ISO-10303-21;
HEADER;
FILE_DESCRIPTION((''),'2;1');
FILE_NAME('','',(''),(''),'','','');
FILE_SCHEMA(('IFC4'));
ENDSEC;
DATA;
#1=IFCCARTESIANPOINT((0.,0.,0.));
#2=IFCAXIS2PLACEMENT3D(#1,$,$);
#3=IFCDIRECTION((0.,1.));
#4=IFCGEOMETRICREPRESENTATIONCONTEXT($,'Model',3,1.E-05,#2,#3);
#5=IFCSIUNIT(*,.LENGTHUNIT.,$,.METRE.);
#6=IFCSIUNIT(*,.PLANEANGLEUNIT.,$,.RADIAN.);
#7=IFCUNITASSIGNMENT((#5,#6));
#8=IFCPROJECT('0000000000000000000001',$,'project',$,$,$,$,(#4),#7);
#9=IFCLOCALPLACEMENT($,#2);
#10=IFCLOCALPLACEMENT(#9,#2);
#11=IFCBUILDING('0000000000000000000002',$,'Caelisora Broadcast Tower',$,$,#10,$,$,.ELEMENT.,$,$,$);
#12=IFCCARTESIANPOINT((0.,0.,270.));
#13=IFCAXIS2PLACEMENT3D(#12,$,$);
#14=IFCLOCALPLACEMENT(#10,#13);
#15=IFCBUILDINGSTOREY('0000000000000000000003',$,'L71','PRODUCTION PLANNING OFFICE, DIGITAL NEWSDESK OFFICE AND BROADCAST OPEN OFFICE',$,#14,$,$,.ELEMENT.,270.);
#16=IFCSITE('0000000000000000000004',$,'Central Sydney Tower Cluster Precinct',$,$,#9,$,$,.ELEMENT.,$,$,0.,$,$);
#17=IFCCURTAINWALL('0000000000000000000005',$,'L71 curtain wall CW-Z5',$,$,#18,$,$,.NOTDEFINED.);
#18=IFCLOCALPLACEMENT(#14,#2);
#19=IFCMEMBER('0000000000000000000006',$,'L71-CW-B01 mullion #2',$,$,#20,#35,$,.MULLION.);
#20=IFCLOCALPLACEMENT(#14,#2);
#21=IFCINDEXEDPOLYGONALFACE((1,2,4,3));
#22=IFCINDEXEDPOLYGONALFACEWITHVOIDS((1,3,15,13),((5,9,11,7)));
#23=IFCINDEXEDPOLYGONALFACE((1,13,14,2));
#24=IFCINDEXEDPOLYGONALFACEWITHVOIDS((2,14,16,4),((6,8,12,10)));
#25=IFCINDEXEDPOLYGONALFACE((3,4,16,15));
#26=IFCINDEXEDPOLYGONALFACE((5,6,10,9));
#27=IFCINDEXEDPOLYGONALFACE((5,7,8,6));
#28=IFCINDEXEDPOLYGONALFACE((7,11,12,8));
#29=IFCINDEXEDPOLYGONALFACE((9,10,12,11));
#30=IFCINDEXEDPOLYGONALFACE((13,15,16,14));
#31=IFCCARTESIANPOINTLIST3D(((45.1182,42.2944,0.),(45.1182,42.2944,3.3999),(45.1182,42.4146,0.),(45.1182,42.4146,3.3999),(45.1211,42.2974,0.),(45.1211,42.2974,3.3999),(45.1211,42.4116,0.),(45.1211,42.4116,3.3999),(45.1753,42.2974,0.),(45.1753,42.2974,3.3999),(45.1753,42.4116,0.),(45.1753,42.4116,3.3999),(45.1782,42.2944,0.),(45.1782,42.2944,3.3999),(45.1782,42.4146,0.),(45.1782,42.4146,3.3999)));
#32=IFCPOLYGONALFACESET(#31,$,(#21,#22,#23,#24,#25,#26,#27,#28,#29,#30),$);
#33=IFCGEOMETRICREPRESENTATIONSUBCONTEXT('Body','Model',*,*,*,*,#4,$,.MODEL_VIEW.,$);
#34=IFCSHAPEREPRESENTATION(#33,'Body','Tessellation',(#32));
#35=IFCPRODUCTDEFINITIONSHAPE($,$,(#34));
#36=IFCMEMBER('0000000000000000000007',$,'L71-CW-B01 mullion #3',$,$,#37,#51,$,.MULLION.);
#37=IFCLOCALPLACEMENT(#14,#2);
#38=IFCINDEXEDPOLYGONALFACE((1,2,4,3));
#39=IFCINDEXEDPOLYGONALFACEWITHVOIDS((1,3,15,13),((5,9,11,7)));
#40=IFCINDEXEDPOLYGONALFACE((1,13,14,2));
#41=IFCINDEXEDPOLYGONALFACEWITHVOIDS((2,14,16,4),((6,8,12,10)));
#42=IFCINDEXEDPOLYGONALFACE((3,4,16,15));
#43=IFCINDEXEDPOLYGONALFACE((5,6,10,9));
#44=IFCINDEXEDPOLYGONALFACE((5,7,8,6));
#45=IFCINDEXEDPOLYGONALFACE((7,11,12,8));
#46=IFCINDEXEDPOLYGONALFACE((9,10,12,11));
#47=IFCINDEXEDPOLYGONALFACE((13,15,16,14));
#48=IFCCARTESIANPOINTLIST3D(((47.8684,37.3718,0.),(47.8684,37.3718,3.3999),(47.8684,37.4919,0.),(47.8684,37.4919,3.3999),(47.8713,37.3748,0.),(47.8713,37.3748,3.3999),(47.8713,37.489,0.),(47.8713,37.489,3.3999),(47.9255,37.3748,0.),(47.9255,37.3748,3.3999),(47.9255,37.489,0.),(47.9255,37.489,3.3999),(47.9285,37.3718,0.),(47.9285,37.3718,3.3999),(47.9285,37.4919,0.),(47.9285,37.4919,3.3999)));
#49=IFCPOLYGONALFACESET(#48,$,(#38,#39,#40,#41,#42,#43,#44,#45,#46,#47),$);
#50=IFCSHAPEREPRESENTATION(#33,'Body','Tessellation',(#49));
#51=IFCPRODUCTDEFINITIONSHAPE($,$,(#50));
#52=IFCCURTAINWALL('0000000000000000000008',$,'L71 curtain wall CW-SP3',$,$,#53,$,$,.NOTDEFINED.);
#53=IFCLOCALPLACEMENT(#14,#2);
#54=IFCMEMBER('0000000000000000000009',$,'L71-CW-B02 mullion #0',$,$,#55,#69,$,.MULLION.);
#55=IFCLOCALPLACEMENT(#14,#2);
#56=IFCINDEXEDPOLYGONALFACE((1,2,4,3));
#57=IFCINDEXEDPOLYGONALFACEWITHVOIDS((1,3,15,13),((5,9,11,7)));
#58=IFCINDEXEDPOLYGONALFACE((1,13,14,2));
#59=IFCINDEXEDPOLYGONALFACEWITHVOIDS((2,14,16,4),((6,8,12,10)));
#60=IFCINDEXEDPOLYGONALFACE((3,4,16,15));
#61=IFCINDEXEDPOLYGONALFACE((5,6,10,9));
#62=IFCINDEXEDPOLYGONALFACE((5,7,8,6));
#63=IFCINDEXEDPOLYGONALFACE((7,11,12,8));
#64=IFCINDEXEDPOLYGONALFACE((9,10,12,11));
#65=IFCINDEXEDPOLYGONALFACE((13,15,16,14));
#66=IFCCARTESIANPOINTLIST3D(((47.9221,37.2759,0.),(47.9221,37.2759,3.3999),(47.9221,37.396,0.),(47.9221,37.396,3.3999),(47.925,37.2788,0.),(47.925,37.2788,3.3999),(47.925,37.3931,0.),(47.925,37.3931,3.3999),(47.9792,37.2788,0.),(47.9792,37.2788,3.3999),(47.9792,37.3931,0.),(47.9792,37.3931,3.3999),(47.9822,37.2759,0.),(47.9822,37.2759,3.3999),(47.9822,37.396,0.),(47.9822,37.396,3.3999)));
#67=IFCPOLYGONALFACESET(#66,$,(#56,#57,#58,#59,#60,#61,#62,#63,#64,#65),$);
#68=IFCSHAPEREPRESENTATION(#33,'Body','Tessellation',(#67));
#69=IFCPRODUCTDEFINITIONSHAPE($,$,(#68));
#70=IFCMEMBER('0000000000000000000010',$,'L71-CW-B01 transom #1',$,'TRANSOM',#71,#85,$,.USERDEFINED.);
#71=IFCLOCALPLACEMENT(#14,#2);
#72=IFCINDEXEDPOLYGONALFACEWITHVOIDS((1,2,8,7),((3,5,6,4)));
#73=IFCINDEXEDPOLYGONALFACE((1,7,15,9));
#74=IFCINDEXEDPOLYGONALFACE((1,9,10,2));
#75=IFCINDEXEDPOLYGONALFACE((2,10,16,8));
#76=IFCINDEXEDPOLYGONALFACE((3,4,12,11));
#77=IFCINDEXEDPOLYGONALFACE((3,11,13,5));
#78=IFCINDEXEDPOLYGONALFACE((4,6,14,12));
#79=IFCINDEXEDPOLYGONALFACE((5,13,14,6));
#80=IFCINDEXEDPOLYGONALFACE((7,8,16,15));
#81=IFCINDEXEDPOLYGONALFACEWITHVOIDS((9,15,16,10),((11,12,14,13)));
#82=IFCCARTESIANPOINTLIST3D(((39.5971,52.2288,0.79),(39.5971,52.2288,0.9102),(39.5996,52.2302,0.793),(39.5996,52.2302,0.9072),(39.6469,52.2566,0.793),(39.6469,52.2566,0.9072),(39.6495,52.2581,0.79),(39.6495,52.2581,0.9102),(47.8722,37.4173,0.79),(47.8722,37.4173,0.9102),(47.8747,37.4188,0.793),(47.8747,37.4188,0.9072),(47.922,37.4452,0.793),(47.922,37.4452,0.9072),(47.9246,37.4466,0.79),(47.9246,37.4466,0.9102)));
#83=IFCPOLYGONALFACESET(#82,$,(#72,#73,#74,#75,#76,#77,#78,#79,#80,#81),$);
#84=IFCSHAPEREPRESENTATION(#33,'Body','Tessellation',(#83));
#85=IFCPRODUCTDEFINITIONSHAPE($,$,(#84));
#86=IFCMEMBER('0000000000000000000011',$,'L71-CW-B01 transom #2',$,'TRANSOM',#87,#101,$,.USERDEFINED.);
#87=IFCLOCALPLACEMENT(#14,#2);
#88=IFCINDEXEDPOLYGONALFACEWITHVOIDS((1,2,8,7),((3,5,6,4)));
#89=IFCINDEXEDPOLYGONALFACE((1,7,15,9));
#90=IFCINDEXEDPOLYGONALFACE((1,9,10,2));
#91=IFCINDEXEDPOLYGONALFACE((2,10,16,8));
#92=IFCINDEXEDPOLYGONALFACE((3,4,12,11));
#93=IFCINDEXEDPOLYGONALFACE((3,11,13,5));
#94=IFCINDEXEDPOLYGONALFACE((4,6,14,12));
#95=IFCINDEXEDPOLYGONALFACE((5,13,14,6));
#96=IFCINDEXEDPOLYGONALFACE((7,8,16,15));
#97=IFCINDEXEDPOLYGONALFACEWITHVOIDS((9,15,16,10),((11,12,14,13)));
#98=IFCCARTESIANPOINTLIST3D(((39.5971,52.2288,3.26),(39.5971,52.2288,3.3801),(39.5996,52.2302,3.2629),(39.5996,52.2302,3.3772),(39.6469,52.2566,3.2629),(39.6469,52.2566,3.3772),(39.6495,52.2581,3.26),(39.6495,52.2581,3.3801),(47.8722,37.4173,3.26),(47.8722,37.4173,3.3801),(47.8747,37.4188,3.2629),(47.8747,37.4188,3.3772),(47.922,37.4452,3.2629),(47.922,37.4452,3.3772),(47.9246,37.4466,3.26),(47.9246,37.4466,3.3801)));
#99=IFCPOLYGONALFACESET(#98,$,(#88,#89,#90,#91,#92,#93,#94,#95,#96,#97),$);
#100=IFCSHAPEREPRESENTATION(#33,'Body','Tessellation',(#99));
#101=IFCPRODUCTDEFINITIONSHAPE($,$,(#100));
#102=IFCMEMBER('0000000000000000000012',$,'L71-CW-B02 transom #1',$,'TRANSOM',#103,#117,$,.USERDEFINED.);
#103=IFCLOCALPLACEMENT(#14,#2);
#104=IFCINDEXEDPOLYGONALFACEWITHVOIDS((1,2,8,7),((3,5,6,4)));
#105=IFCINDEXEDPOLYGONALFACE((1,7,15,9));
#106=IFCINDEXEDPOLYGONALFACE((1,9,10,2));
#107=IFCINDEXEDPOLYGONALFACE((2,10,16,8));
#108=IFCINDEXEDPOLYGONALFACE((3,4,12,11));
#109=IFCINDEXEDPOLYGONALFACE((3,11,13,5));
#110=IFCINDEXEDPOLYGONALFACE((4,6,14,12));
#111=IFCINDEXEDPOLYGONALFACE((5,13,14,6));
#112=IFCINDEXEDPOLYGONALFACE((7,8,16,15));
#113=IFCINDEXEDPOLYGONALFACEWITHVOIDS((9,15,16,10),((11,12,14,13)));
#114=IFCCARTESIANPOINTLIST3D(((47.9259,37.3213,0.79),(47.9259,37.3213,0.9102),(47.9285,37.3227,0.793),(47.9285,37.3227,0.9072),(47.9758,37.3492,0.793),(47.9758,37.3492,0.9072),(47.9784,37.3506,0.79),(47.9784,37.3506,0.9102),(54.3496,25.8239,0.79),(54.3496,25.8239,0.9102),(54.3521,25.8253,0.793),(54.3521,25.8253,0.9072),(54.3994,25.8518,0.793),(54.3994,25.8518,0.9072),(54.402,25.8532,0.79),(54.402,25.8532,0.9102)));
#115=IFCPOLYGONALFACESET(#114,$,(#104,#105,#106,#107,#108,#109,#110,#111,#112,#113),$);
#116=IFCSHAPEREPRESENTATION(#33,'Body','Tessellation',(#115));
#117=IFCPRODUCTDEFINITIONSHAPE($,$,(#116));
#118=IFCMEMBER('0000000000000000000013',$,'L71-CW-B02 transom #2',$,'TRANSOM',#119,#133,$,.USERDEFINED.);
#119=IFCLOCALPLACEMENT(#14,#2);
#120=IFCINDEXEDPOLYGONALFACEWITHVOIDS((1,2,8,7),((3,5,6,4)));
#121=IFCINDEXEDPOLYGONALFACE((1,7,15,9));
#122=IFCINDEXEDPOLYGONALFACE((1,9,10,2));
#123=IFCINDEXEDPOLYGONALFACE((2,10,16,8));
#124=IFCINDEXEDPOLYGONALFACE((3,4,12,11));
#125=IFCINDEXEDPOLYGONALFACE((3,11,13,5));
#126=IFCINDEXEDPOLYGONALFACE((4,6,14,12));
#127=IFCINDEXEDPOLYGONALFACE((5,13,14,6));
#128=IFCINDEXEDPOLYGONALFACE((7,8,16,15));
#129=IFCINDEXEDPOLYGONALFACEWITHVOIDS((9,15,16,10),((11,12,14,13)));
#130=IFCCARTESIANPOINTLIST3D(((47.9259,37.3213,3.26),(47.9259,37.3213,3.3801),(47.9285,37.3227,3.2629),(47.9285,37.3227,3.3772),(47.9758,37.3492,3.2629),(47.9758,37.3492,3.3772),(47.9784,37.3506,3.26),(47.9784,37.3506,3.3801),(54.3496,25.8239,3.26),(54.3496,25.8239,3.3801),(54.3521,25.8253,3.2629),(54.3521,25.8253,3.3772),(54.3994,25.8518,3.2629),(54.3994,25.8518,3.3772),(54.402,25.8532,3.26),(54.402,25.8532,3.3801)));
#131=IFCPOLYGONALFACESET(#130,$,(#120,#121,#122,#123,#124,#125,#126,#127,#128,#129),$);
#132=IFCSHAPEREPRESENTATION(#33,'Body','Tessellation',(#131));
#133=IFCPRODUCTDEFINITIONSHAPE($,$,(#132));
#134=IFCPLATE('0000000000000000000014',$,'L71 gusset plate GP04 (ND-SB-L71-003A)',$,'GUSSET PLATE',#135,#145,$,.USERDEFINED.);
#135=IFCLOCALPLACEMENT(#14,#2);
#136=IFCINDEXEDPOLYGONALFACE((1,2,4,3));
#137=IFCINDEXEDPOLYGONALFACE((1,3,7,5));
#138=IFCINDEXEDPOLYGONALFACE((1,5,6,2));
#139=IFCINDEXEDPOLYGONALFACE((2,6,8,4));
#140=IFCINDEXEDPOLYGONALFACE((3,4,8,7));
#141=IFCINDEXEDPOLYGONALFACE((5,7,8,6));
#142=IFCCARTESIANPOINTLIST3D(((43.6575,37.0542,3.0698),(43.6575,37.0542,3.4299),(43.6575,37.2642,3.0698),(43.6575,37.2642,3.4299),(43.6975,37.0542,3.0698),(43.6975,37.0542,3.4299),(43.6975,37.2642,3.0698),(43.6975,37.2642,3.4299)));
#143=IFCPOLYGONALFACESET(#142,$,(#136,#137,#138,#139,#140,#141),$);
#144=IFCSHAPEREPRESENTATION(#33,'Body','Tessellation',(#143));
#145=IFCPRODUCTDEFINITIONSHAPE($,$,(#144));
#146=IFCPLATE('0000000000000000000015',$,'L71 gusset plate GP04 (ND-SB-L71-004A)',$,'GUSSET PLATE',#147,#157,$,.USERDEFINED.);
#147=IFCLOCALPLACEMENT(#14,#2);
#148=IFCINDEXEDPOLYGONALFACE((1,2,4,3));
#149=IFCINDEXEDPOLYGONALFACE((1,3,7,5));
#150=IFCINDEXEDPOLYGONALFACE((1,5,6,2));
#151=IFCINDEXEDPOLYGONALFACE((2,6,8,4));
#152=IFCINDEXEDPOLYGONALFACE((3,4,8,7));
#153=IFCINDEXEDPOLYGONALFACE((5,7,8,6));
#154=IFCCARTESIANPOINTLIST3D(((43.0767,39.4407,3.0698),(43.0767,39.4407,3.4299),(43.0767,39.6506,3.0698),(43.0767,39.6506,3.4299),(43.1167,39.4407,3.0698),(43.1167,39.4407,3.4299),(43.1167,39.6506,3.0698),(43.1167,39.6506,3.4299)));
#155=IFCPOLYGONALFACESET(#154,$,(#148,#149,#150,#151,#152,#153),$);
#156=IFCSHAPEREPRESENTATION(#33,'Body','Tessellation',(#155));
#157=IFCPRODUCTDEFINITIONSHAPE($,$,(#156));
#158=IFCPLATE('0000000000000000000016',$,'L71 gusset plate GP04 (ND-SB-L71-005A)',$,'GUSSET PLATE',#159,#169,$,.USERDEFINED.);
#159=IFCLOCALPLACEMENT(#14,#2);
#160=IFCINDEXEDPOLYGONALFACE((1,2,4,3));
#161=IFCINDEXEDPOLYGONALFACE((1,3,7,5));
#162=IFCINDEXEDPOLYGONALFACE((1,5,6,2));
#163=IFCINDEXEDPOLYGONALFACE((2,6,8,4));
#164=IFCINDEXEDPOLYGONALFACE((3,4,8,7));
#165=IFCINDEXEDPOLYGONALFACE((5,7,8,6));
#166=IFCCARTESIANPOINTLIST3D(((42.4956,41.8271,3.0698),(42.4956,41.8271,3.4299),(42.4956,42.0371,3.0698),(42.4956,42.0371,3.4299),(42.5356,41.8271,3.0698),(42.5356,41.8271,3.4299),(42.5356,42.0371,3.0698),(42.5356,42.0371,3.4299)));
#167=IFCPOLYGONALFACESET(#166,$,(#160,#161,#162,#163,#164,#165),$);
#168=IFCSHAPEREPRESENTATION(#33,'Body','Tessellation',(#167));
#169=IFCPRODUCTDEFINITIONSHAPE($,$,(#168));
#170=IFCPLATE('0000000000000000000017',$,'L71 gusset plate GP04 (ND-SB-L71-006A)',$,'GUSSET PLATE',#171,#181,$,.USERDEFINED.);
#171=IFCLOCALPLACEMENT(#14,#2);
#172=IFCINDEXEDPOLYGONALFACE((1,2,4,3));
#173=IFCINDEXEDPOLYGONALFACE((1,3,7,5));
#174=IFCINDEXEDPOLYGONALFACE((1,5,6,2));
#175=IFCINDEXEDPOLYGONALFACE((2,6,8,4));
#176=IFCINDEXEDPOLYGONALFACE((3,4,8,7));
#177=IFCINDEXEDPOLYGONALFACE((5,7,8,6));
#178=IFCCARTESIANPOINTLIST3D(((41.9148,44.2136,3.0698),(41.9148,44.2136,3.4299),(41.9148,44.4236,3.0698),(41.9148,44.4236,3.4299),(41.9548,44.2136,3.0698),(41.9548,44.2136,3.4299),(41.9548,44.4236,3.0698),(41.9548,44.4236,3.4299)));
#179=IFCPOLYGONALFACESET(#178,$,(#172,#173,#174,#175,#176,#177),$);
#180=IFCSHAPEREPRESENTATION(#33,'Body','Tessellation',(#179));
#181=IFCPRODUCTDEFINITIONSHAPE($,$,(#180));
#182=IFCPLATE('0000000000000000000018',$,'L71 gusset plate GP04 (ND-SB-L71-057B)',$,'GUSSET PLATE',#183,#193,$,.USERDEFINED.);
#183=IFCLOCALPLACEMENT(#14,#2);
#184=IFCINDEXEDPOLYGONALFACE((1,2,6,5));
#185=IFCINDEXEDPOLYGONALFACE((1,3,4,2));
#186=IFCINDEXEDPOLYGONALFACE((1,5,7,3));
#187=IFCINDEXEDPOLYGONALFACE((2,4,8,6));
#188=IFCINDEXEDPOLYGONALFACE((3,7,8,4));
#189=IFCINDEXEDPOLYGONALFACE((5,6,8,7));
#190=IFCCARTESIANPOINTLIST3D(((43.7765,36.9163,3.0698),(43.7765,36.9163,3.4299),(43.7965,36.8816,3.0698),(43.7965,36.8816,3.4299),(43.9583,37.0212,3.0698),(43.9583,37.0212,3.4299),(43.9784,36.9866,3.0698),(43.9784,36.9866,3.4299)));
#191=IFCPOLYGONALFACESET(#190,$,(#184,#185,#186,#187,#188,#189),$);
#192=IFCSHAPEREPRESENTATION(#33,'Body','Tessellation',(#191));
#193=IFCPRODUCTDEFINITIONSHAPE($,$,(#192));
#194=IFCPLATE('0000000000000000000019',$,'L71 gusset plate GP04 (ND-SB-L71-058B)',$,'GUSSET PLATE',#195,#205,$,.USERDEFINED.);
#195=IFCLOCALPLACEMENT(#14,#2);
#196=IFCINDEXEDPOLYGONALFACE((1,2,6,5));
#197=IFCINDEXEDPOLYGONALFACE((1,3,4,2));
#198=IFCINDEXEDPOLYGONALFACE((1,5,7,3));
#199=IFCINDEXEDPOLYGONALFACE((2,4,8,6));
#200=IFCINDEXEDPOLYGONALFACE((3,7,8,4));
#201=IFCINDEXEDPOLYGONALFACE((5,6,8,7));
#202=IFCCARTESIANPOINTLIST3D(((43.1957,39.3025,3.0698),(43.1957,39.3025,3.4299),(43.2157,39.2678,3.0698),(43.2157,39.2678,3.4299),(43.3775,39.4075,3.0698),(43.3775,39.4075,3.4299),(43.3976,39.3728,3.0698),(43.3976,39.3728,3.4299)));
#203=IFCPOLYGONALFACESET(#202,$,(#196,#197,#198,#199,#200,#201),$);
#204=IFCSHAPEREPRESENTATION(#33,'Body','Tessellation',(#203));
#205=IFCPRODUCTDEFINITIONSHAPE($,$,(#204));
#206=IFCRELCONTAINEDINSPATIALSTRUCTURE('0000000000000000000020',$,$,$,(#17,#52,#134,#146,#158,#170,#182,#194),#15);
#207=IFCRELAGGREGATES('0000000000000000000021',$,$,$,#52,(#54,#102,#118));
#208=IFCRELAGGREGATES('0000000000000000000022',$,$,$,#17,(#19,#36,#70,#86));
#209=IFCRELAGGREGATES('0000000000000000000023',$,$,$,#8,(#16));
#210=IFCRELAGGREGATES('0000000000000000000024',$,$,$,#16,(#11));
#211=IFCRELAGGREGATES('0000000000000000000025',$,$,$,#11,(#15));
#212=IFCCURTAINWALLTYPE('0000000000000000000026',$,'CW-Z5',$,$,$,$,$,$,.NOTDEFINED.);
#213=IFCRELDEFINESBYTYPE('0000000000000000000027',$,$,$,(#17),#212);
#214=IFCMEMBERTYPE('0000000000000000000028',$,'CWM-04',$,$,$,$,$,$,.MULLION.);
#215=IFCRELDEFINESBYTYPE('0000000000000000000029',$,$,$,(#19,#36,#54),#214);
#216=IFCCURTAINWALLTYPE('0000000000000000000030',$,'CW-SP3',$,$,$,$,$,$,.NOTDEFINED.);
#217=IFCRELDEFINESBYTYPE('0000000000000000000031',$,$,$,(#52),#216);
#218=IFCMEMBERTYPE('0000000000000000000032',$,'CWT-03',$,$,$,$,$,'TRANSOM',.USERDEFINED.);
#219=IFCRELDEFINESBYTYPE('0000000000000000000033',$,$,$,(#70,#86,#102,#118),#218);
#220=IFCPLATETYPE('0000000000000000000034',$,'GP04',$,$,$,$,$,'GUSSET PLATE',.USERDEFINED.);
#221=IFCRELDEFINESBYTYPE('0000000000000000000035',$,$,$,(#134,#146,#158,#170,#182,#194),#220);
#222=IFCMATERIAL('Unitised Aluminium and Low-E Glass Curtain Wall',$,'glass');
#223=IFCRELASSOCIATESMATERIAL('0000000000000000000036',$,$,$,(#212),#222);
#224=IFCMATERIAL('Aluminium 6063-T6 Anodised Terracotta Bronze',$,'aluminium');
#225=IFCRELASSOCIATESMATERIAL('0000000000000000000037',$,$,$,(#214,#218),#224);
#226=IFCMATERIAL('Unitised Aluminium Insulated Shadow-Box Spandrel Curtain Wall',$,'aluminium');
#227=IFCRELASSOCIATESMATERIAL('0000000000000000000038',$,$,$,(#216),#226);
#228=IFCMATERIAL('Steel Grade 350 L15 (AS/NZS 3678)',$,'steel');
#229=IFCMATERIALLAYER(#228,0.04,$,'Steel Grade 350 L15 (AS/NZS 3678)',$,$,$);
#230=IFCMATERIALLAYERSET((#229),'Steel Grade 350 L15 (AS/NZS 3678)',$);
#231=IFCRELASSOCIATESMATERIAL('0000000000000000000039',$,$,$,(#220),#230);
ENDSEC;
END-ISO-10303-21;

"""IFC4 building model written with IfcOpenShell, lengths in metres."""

from ifc_helpers import new_model, si_unit, direction, frame, origin, origin_2d, place, context, subcontext, project, spatial, rectangle, hollow_rectangle, extrude, source, transform, mapped, material, layer, layer_set, material_profile, profile_set, type_object, type_shapes, element, aggregate, save


model = new_model("IFC4")

# Units and contexts
model_context = context("Model", 3, precision=1e-05, world=origin(), true_north=direction((0.0, 1.0)))
body_context = subcontext(model_context, "Body", "Model", "MODEL_VIEW")
ifc_project = project(units=[si_unit("LENGTHUNIT", "METRE"), si_unit("PLANEANGLEUNIT", "RADIAN")], contexts=[model_context])

# Site, building, storey
site_placement = place(None, origin())
site = spatial("IfcSite", under=ifc_project, at=site_placement, Name="Central Sydney Tower Cluster Precinct", CompositionType="ELEMENT", RefElevation=0.0)
building_placement = place(site_placement, origin())
building = spatial("IfcBuilding", under=site, at=building_placement, Name="Caelisora Broadcast Tower", CompositionType="ELEMENT")
storey_placement = place(building_placement, frame((0.0, 0.0, 270.0)))
storey = spatial("IfcBuildingStorey", under=building, at=storey_placement, Name="L71", Description="PRODUCTION PLANNING OFFICE, DIGITAL NEWSDESK OFFICE AND BROADCAST OPEN OFFICE", CompositionType="ELEMENT", Elevation=270.0)

# Shared definitions
ifc_material_1 = material(Name="Steel Grade 350 L15 (AS/NZS 3678)", Category="steel")

# Curtain wall, members
ifc_material_2 = material(Name="Unitised Aluminium and Low-E Glass Curtain Wall", Category="glass")
curtain_wall_type_1 = type_object("IfcCurtainWallType", Name="CW-Z5", PredefinedType="NOTDEFINED", material=ifc_material_2)
curtain_wall_1_placement = place(storey_placement, origin())
curtain_wall_1 = element("IfcCurtainWall", 1, at=curtain_wall_1_placement, inside=storey, type_object=curtain_wall_type_1, Name="L71 curtain wall CW-Z5", PredefinedType="NOTDEFINED")
ifc_material_3 = material(Name="Aluminium 6063-T6 Anodised Terracotta Bronze", Category="aluminium")
ifc_material_profile_1 = material_profile(ifc_material_3, hollow_rectangle(XDim=0.0601, YDim=0.1201, WallThickness=0.0029, at=origin_2d()), Name="Aluminium 6063-T6 Anodised Terracotta Bronze")
ifc_profile_set_1 = profile_set([ifc_material_profile_1], Name="Aluminium 6063-T6 Anodised Terracotta Bronze")
member_type_1 = type_object("IfcMemberType", Name="CWM-04", PredefinedType="MULLION", material=ifc_profile_set_1)
shared_shape_1 = source(origin(), body_context, "Body", "SweptSolid", [
    extrude(hollow_rectangle(XDim=0.0601, YDim=0.1201, WallThickness=0.0029, at=origin_2d()), origin(), (0.0, 0.0, 1.0), 3.3999),
])
type_shapes(member_type_1, [shared_shape_1])
member_1_placement = place(storey_placement, frame((45.1482, 42.3545, 0.0), z_axis=(0.0, 0.0, 1.0), x_axis=(1.0, 0.0, 0.0)))
member_1 = element("IfcMember", 2, at=member_1_placement, type_object=member_type_1, Name="L71-CW-B01 mullion #2", PredefinedType="MULLION", context=body_context, shape_type="MappedRepresentation", body=[
    mapped(shared_shape_1, transform((0.0, 0.0, 0.0), scale=1.0)),
])
member_2_placement = place(storey_placement, frame((47.8984, 37.4319, 0.0), z_axis=(0.0, 0.0, 1.0), x_axis=(1.0, 0.0, 0.0)))
member_2 = element("IfcMember", 3, at=member_2_placement, type_object=member_type_1, Name="L71-CW-B01 mullion #3", PredefinedType="MULLION", context=body_context, shape_type="MappedRepresentation", body=[
    mapped(shared_shape_1, transform((0.0, 0.0, 0.0), scale=1.0)),
])

# Curtain wall, member
ifc_material_4 = material(Name="Unitised Aluminium Insulated Shadow-Box Spandrel Curtain Wall", Category="aluminium")
curtain_wall_type_2 = type_object("IfcCurtainWallType", Name="CW-SP3", PredefinedType="NOTDEFINED", material=ifc_material_4)
curtain_wall_2_placement = place(storey_placement, origin())
curtain_wall_2 = element("IfcCurtainWall", 4, at=curtain_wall_2_placement, inside=storey, type_object=curtain_wall_type_2, Name="L71 curtain wall CW-SP3", PredefinedType="NOTDEFINED")
member_3_placement = place(storey_placement, frame((47.9521, 37.3359, 0.0), z_axis=(0.0, 0.0, 1.0), x_axis=(1.0, 0.0, 0.0)))
member_3 = element("IfcMember", 5, at=member_3_placement, type_object=member_type_1, Name="L71-CW-B02 mullion #0", PredefinedType="MULLION", context=body_context, shape_type="MappedRepresentation", body=[
    mapped(shared_shape_1, transform((0.0, 0.0, 0.0), scale=1.0)),
])

# Members
ifc_material_profile_2 = material_profile(ifc_material_3, hollow_rectangle(XDim=0.0601, YDim=0.1201, WallThickness=0.0029, at=origin_2d()), Name="Aluminium 6063-T6 Anodised Terracotta Bronze")
ifc_profile_set_2 = profile_set([ifc_material_profile_2], Name="Aluminium 6063-T6 Anodised Terracotta Bronze")
member_type_2 = type_object("IfcMemberType", Name="CWT-03", ElementType="TRANSOM", PredefinedType="USERDEFINED", material=ifc_profile_set_2)
shared_shape_2 = source(origin(), body_context, "Body", "SweptSolid", [
    extrude(hollow_rectangle(XDim=0.0601, YDim=0.1201, WallThickness=0.0029, at=origin_2d()), origin(), (0.0, 0.0, 1.0), 16.9663),
])
member_4_placement = place(storey_placement, frame((39.6233, 52.2434, 0.8501), z_axis=(0.487737, -0.872991, 0.0), x_axis=(0.872991, 0.487737, 0.0)))
member_4 = element("IfcMember", 6, at=member_4_placement, type_object=member_type_2, Name="L71-CW-B01 transom #1", ObjectType="TRANSOM", PredefinedType="USERDEFINED", context=body_context, shape_type="MappedRepresentation", body=[
    mapped(shared_shape_2, transform((0.0, 0.0, 0.0), scale=1.0)),
])
member_5_placement = place(storey_placement, frame((39.6233, 52.2434, 3.3201), z_axis=(0.487737, -0.872991, 0.0), x_axis=(0.872991, 0.487737, 0.0)))
member_5 = element("IfcMember", 7, at=member_5_placement, type_object=member_type_2, Name="L71-CW-B01 transom #2", ObjectType="TRANSOM", PredefinedType="USERDEFINED", context=body_context, shape_type="MappedRepresentation", body=[
    mapped(shared_shape_2, transform((0.0, 0.0, 0.0), scale=1.0)),
])
shared_shape_3 = source(origin(), body_context, "Body", "SweptSolid", [
    extrude(hollow_rectangle(XDim=0.0601, YDim=0.1201, WallThickness=0.0029, at=origin_2d()), origin(), (0.0, 0.0, 1.0), 13.1702),
])
type_shapes(member_type_2, [shared_shape_2, shared_shape_3])
member_6_placement = place(storey_placement, frame((47.9521, 37.3359, 0.8501), z_axis=(0.487741, -0.872988, 0.0), x_axis=(0.872988, 0.487741, 0.0)))
member_6 = element("IfcMember", 8, at=member_6_placement, type_object=member_type_2, Name="L71-CW-B02 transom #1", ObjectType="TRANSOM", PredefinedType="USERDEFINED", context=body_context, shape_type="MappedRepresentation", body=[
    mapped(shared_shape_3, transform((0.0, 0.0, 0.0), scale=1.0)),
])
member_7_placement = place(storey_placement, frame((47.9521, 37.3359, 3.3201), z_axis=(0.487741, -0.872988, 0.0), x_axis=(0.872988, 0.487741, 0.0)))
member_7 = element("IfcMember", 9, at=member_7_placement, type_object=member_type_2, Name="L71-CW-B02 transom #2", ObjectType="TRANSOM", PredefinedType="USERDEFINED", context=body_context, shape_type="MappedRepresentation", body=[
    mapped(shared_shape_3, transform((0.0, 0.0, 0.0), scale=1.0)),
])
aggregate(curtain_wall_2, [member_3, member_6, member_7])

# Plates
ifc_layer_1 = layer(ifc_material_1, 0.04, Name="Steel Grade 350 L15 (AS/NZS 3678)")
ifc_layer_set_1 = layer_set([ifc_layer_1], Name="Steel Grade 350 L15 (AS/NZS 3678)")
plate_type_1 = type_object("IfcPlateType", Name="GP04", ElementType="GUSSET PLATE", PredefinedType="USERDEFINED", material=ifc_layer_set_1)
shared_shape_4 = source(origin(), body_context, "Body", "SweptSolid", [
    extrude(rectangle(XDim=0.21, YDim=0.04, at=origin_2d()), origin(), (0.0, 0.0, 1.0), 0.3601),
])
type_shapes(plate_type_1, [shared_shape_4])
for number, where, z_axis, x_axis, name in (
    (10, (43.6775, 37.1592, 3.0698), (0.0, 0.0, 1.0), (0.0, -1.0, 0.0), "L71 gusset plate GP04 (ND-SB-L71-003A)"),
    (11, (43.0967, 39.5457, 3.0698), (0.0, 0.0, 1.0), (0.0, -1.0, 0.0), "L71 gusset plate GP04 (ND-SB-L71-004A)"),
    (12, (42.5156, 41.9321, 3.0698), (0.0, 0.0, 1.0), (0.0, -1.0, 0.0), "L71 gusset plate GP04 (ND-SB-L71-005A)"),
    (13, (41.9348, 44.3186, 3.0698), (0.0, 0.0, 1.0), (0.0, -1.0, 0.0), "L71 gusset plate GP04 (ND-SB-L71-006A)"),
    (14, (43.8774, 36.9514, 3.0698), (0.0, 0.0, 1.0), (-0.866025, -0.5, 0.0), "L71 gusset plate GP04 (ND-SB-L71-057B)"),
    (15, (43.2966, 39.3376, 3.0698), (0.0, 0.0, 1.0), (-0.866025, -0.5, 0.0), "L71 gusset plate GP04 (ND-SB-L71-058B)"),
):
    element("IfcPlate", number, at=place(storey_placement, frame(where, z_axis=z_axis, x_axis=x_axis)), inside=storey, type_object=plate_type_1, Name=name, ObjectType="GUSSET PLATE", PredefinedType="USERDEFINED", context=body_context, shape_type="MappedRepresentation", body=[
        mapped(shared_shape_4, transform((0.0, 0.0, 0.0), scale=1.0)),
    ])

aggregate(curtain_wall_1, [member_1, member_2, member_4, member_5])

save(model, "model.ifc")
